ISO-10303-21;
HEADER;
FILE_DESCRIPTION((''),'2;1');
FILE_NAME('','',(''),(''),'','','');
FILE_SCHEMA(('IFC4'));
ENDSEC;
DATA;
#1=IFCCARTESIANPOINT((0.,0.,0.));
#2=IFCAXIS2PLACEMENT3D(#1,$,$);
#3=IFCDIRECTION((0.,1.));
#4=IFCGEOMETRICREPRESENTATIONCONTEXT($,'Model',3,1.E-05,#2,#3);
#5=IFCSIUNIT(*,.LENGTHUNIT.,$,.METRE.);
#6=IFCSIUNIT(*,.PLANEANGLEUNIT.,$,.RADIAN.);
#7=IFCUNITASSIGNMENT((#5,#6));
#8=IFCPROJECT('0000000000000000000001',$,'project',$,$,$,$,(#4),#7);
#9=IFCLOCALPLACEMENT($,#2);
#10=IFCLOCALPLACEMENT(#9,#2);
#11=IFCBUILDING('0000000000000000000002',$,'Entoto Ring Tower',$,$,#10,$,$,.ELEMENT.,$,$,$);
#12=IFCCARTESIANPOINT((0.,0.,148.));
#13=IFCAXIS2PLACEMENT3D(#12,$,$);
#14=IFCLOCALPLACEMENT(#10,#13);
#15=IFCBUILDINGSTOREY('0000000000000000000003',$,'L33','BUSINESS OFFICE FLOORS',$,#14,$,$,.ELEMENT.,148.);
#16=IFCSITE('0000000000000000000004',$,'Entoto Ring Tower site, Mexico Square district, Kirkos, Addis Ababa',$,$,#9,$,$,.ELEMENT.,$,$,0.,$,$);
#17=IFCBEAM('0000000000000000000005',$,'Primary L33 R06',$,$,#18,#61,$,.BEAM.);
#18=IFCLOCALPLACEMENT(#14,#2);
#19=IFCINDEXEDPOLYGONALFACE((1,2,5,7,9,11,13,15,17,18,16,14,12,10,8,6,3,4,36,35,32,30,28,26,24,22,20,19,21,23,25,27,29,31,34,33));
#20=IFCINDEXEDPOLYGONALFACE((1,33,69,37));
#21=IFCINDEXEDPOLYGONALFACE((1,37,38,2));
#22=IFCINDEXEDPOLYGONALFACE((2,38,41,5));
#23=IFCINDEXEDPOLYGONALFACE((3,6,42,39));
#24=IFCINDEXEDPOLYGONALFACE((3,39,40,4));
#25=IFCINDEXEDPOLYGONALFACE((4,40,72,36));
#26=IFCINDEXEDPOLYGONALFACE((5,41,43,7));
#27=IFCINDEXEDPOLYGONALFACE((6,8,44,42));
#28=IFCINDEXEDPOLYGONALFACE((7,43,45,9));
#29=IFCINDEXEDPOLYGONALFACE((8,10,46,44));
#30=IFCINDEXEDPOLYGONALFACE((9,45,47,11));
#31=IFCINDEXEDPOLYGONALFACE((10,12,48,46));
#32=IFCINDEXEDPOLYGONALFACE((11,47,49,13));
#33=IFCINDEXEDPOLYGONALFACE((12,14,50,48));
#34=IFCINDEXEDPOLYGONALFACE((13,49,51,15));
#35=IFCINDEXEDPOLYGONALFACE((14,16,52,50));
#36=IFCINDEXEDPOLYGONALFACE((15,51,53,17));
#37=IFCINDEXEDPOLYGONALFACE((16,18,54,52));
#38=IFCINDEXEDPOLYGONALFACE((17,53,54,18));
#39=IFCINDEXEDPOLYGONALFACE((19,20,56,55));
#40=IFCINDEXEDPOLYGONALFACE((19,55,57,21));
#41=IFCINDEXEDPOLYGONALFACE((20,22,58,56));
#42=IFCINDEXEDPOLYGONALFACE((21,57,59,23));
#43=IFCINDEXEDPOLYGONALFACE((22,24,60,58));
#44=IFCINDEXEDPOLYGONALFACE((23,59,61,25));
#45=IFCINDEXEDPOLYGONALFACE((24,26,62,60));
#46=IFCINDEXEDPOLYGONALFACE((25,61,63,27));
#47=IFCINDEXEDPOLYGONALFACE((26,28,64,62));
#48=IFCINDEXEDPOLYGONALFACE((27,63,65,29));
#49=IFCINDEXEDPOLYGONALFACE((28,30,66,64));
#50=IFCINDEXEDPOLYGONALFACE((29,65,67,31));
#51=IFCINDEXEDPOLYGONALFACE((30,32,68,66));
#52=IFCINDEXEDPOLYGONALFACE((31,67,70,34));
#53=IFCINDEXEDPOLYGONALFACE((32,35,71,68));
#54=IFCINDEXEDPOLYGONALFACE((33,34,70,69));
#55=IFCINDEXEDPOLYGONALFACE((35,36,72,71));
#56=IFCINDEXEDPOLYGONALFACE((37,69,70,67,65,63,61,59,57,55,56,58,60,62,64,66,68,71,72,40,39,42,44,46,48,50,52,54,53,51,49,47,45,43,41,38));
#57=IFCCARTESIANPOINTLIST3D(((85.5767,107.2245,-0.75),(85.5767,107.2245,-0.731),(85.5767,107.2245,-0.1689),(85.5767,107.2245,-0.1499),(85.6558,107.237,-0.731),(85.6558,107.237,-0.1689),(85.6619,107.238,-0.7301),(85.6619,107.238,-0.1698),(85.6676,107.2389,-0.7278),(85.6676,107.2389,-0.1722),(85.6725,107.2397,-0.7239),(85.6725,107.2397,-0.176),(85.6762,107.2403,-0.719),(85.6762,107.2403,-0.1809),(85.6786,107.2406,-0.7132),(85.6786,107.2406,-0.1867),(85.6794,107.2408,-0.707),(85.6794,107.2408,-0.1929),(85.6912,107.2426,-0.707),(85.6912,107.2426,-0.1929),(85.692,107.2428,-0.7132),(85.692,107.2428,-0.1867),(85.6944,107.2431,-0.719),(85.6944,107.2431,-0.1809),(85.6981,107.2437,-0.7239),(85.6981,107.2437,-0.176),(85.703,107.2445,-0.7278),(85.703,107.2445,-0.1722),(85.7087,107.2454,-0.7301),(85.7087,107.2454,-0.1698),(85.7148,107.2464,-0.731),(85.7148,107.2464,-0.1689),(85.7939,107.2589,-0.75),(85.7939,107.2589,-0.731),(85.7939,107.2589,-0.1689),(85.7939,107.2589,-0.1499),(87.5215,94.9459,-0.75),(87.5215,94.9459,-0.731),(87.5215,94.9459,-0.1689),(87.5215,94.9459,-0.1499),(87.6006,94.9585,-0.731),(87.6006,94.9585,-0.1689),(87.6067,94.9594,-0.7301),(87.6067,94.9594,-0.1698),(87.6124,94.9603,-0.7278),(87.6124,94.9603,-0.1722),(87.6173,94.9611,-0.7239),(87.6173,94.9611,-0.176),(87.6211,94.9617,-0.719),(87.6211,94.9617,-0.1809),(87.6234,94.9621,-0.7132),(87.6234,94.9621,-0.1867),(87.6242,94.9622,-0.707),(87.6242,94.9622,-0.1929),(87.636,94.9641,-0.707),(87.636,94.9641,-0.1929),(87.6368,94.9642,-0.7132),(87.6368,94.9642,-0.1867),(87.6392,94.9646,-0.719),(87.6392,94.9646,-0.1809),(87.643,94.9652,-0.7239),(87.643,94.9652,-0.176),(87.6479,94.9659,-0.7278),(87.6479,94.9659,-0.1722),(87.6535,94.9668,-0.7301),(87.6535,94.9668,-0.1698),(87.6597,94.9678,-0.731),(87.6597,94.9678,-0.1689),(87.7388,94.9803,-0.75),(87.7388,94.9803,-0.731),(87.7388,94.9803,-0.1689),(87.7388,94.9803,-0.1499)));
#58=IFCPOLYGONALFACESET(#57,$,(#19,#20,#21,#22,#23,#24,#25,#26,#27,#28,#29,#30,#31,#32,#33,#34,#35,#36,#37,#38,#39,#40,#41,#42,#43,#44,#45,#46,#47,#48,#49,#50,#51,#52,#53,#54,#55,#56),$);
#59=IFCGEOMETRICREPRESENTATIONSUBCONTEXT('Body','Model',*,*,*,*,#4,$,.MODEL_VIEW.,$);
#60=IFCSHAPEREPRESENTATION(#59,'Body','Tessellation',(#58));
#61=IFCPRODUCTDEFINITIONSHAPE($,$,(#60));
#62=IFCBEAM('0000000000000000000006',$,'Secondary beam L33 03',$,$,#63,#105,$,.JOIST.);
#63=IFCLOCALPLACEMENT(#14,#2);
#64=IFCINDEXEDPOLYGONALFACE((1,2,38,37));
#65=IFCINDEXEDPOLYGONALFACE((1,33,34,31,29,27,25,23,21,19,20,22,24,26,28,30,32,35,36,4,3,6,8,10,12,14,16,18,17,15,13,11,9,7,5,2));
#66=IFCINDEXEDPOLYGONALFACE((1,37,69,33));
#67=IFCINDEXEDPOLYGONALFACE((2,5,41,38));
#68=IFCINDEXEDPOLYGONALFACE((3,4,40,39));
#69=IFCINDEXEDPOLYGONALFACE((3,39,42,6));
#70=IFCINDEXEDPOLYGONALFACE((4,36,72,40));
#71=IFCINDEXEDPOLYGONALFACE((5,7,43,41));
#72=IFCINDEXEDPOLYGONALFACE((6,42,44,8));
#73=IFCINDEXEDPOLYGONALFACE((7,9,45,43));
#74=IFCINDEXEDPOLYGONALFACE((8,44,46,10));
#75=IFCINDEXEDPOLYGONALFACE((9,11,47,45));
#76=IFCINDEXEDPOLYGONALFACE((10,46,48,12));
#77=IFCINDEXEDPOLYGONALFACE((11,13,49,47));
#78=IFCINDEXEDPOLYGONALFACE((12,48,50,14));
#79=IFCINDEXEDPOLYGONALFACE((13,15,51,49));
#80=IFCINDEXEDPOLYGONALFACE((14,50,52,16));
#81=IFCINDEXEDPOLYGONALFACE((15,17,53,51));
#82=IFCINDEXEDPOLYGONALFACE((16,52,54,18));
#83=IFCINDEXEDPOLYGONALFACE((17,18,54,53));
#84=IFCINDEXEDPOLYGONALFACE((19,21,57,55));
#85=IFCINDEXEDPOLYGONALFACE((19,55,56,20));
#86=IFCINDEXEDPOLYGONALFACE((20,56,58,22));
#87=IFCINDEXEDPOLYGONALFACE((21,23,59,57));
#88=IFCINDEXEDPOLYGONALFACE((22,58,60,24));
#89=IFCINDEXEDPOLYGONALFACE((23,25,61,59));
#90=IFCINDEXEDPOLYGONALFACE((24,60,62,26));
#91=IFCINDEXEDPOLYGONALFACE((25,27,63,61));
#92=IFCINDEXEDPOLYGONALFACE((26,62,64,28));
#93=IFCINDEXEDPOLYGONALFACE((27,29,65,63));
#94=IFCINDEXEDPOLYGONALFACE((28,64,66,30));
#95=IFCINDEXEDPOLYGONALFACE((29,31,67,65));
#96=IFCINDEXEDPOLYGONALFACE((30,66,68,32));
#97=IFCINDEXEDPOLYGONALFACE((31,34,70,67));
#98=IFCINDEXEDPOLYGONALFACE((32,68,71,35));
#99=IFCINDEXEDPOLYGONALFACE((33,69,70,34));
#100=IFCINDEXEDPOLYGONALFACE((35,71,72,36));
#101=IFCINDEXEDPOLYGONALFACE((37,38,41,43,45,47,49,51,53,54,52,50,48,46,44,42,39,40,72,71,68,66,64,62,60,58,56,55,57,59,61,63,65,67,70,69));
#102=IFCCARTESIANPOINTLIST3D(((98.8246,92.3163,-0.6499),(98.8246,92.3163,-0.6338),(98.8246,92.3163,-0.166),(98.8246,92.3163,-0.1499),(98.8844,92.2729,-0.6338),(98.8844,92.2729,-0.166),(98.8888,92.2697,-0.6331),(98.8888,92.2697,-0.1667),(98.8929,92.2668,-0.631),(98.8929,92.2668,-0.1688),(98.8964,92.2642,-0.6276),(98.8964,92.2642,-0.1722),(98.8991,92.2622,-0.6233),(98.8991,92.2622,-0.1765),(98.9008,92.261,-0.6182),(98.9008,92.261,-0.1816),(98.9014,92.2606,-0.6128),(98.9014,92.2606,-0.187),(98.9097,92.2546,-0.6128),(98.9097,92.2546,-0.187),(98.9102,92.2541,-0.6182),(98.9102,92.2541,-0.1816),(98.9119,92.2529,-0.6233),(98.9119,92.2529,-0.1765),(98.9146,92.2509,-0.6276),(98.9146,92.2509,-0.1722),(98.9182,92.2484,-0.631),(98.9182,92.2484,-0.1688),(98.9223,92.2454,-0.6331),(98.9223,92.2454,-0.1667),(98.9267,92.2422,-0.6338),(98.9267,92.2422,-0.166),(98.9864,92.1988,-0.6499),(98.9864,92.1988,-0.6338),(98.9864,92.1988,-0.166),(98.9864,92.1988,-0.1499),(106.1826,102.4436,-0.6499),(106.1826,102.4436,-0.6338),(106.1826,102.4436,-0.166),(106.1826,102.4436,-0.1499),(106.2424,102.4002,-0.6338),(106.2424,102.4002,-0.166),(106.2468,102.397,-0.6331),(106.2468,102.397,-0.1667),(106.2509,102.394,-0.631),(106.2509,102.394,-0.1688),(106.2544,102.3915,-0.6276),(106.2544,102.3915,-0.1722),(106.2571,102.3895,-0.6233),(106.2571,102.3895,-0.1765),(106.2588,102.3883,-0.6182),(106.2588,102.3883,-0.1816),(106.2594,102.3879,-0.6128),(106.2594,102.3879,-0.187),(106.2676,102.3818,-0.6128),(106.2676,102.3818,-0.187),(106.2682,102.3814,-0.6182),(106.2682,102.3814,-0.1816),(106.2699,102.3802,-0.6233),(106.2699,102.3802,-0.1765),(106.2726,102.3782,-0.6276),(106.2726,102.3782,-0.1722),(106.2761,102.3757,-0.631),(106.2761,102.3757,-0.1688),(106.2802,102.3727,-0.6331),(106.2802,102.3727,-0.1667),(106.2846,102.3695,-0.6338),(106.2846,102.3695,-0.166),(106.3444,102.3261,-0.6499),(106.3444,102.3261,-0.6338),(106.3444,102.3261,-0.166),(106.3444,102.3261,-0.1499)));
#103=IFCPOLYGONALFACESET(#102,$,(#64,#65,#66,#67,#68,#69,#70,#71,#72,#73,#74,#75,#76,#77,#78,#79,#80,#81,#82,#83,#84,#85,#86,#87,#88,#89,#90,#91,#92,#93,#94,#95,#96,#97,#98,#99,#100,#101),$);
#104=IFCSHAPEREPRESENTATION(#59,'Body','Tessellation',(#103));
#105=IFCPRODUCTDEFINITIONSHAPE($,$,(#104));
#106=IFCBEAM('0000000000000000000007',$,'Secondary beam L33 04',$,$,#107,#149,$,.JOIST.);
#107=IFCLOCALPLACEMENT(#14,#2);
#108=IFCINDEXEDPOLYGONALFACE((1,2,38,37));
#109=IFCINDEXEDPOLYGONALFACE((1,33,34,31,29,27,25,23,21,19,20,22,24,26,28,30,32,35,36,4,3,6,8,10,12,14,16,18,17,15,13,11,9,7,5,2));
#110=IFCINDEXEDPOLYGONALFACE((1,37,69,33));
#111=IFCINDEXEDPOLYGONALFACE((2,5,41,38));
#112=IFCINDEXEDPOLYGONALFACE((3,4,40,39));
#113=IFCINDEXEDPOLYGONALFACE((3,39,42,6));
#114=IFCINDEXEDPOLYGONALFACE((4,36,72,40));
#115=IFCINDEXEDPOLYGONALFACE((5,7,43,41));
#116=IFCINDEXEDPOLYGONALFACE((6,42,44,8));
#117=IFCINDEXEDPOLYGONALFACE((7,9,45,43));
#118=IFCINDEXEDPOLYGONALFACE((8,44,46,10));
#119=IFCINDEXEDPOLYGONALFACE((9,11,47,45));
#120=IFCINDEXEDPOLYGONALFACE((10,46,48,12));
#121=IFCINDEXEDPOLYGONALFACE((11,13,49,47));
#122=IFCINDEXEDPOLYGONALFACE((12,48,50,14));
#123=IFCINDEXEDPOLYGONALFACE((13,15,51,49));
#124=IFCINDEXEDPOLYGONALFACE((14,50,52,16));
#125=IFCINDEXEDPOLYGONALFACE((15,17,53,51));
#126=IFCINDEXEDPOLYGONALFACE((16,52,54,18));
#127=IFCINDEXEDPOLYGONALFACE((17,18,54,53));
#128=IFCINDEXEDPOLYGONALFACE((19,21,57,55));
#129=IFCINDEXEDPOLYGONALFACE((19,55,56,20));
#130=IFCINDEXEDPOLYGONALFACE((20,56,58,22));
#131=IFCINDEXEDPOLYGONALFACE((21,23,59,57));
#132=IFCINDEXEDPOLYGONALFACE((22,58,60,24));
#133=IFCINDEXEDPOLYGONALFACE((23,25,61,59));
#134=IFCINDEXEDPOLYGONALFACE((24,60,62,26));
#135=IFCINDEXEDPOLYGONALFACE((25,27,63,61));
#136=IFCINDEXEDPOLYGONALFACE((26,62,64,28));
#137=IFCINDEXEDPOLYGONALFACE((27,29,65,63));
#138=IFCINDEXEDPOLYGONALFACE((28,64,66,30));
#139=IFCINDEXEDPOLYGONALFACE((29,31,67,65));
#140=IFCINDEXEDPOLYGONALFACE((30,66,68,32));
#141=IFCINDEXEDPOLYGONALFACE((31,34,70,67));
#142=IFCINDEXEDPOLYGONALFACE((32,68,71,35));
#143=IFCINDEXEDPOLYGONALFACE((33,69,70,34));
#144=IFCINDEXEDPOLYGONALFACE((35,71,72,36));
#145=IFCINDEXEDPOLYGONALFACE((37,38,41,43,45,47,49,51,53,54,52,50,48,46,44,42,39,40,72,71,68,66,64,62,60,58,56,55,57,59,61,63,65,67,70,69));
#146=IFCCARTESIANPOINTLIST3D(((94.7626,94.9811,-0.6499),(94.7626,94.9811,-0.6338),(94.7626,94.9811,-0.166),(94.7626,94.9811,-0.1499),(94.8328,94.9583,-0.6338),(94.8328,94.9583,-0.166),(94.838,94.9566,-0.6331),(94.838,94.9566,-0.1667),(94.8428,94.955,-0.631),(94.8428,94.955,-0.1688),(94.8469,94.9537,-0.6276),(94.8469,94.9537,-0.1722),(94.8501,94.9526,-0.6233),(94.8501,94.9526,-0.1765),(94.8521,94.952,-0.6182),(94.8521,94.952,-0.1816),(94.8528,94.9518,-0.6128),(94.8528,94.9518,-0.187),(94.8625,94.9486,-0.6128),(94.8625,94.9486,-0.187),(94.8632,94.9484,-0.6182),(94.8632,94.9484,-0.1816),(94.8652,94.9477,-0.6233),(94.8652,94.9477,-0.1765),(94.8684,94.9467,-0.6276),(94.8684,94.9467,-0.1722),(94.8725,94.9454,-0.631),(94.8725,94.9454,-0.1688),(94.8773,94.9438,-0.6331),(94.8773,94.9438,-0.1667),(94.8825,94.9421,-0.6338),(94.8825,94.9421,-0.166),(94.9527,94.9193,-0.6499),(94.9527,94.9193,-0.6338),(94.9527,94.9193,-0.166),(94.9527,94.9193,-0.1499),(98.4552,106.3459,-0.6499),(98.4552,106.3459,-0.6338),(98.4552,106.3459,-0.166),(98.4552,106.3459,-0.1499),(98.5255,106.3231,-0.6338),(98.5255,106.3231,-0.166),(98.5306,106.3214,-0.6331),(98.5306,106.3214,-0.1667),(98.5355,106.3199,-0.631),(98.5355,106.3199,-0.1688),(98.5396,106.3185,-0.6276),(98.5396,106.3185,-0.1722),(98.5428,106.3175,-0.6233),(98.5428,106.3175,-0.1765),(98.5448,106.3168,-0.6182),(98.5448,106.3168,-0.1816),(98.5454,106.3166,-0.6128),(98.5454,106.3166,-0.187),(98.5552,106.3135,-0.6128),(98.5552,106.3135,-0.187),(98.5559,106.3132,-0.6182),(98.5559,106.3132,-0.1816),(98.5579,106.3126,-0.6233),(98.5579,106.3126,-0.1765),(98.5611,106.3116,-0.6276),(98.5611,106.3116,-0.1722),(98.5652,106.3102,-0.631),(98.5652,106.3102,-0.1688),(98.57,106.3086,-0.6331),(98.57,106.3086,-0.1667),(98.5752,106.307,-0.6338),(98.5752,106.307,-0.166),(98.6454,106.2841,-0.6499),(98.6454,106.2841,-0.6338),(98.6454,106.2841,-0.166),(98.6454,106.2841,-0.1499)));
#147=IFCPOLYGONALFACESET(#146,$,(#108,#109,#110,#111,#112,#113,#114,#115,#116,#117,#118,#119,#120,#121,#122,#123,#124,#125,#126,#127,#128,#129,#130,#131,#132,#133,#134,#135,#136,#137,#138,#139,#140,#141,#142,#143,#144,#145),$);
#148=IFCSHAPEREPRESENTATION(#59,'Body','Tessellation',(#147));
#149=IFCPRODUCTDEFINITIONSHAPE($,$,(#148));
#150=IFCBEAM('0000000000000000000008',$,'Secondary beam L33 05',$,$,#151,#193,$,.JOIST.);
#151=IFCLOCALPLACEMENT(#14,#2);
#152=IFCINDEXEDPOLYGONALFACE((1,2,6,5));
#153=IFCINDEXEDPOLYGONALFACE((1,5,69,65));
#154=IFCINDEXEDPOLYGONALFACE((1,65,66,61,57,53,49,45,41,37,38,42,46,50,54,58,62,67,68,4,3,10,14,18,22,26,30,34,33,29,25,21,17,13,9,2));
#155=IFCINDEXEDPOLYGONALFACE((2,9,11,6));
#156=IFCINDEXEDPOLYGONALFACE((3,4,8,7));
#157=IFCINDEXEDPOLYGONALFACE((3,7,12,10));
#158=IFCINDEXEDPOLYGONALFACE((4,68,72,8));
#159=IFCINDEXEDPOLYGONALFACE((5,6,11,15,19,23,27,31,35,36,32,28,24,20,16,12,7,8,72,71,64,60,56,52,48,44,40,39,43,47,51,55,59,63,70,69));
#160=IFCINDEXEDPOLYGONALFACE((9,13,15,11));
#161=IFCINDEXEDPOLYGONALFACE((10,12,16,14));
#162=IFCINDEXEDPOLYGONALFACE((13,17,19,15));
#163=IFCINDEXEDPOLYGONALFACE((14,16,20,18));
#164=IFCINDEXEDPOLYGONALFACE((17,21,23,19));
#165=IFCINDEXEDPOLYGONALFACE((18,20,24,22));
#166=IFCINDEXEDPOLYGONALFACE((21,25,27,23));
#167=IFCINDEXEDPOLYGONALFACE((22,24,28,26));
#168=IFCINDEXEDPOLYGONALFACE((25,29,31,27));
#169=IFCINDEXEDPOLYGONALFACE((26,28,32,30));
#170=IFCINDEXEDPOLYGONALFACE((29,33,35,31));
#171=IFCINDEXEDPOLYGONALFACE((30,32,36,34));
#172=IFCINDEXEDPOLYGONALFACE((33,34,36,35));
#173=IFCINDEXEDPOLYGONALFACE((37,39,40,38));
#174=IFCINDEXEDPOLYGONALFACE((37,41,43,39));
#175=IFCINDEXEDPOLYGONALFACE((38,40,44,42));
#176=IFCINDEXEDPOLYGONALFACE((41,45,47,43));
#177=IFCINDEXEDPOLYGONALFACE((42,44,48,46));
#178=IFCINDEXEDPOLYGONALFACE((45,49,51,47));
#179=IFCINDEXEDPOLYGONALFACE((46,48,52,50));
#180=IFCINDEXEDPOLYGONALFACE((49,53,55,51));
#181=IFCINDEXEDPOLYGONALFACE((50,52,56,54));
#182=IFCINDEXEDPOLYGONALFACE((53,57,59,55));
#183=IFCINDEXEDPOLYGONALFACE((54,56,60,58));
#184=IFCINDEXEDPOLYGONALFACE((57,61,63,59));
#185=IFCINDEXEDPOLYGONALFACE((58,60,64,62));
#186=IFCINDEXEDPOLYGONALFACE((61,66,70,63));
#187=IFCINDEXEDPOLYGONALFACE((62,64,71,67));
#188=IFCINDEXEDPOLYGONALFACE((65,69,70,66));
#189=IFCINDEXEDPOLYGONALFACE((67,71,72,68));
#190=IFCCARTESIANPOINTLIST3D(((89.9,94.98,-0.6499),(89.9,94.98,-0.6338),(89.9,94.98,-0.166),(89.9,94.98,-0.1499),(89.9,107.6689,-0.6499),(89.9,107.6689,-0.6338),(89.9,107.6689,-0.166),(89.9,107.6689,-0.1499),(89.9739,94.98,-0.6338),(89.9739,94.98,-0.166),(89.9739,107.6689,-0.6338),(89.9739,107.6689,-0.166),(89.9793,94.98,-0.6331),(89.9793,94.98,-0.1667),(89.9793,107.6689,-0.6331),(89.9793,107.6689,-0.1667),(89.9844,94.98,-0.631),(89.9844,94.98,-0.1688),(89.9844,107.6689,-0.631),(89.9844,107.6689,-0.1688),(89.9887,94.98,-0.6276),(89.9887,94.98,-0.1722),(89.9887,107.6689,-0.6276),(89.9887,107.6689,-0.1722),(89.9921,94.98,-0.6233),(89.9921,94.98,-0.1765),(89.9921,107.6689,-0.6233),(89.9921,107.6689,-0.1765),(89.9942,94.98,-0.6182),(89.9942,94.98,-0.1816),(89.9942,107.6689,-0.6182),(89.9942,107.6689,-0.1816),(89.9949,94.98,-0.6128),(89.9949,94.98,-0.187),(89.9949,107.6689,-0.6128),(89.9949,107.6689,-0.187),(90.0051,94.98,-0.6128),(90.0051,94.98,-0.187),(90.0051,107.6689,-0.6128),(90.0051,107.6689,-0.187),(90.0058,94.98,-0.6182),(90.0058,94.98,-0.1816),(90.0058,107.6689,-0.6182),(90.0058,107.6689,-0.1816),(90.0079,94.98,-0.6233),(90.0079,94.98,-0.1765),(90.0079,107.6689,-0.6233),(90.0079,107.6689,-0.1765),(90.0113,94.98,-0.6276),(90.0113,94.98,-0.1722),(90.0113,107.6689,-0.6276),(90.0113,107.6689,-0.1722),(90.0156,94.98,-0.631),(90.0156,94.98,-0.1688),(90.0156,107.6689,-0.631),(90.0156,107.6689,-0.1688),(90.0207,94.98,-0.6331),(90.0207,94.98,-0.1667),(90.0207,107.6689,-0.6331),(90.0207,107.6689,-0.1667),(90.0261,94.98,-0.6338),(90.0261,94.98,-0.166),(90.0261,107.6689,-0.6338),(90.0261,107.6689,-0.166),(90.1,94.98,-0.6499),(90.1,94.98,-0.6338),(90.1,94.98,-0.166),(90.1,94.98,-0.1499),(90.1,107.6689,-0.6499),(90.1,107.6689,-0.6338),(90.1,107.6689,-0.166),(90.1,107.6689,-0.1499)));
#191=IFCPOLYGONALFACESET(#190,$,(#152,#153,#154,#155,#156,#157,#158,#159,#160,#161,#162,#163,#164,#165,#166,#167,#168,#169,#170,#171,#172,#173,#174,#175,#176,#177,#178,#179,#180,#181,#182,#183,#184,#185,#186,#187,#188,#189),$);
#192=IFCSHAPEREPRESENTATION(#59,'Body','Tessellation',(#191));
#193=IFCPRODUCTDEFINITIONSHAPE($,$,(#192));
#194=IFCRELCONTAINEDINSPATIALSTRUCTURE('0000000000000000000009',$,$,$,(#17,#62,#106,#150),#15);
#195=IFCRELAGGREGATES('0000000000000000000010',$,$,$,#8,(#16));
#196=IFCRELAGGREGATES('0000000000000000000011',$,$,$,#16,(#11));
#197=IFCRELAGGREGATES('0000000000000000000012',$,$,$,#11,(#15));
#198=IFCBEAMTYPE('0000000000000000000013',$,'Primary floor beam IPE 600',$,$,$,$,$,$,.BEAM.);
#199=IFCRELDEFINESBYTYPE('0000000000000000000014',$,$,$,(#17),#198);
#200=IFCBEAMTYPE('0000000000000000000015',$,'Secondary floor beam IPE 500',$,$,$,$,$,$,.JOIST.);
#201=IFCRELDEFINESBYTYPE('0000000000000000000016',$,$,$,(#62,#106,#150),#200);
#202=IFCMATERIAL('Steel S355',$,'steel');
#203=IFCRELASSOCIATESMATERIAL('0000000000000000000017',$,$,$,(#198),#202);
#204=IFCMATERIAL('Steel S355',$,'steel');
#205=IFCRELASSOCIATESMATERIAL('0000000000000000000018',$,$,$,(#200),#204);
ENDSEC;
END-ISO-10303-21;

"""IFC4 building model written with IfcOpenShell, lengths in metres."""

from ifc_helpers import new_model, si_unit, direction, frame, origin, origin_2d, place, context, subcontext, project, spatial, i_section, extrude, material, material_profile, profile_set, type_object, element, save


model = new_model("IFC4")

# Units and contexts
model_context = context("Model", 3, precision=1e-05, world=origin(), true_north=direction((0.0, 1.0)))
body_context = subcontext(model_context, "Body", "Model", "MODEL_VIEW")
ifc_project = project(units=[si_unit("LENGTHUNIT", "METRE"), si_unit("PLANEANGLEUNIT", "RADIAN")], contexts=[model_context])

# Site, building, storey
site_placement = place(None, origin())
site = spatial("IfcSite", under=ifc_project, at=site_placement, Name="Entoto Ring Tower site, Mexico Square district, Kirkos, Addis Ababa", CompositionType="ELEMENT", RefElevation=0.0)
building_placement = place(site_placement, origin())
building = spatial("IfcBuilding", under=site, at=building_placement, Name="Entoto Ring Tower", CompositionType="ELEMENT")
storey_placement = place(building_placement, frame((0.0, 0.0, 148.0)))
storey = spatial("IfcBuildingStorey", under=building, at=storey_placement, Name="L33", Description="BUSINESS OFFICE FLOORS", CompositionType="ELEMENT", Elevation=148.0)

# Beams
ifc_material_1 = material(Name="Steel S355", Category="steel")
ifc_material_profile_1 = material_profile(ifc_material_1, i_section(OverallWidth=0.22, OverallDepth=0.6001, WebThickness=0.012, FlangeThickness=0.019, FilletRadius=0.0239, at=origin_2d()), Name="IPE 600")
ifc_profile_set_1 = profile_set([ifc_material_profile_1], Name="Steel S355")
beam_type_1 = type_object("IfcBeamType", Name="Primary floor beam IPE 600", PredefinedType="BEAM", material=ifc_profile_set_1)
for number, where, z_axis, x_axis, name in (
    (1, (87.6301, 94.9631, -0.45), (-0.156442, 0.987687, 0.0), (-0.987687, -0.156442, 0.0), "Primary L33 R06"),
):
    element("IfcBeam", number, at=place(storey_placement, frame(where, z_axis=z_axis, x_axis=x_axis)), inside=storey, type_object=beam_type_1, Name=name, PredefinedType="BEAM", context=body_context, shape_type="SweptSolid", body=[
        extrude(i_section(OverallWidth=0.22, OverallDepth=0.6001, WebThickness=0.012, FlangeThickness=0.019, FilletRadius=0.0239, at=origin_2d()), origin(), (0.0, 0.0, 1.0), 12.4316),
    ])
ifc_material_2 = material(Name="Steel S355", Category="steel")
ifc_material_profile_2 = material_profile(ifc_material_2, i_section(OverallWidth=0.2, OverallDepth=0.5, WebThickness=0.0103, FlangeThickness=0.0161, FilletRadius=0.021, at=origin_2d()), Name="IPE 500")
ifc_profile_set_2 = profile_set([ifc_material_profile_2], Name="Steel S355")
beam_type_2 = type_object("IfcBeamType", Name="Secondary floor beam IPE 500", PredefinedType="JOIST", material=ifc_profile_set_2)
beam_1_placement = place(storey_placement, frame((98.9055, 92.2576, -0.3999), z_axis=(0.587789, 0.809014, 0.0), x_axis=(-0.809014, 0.587789, 0.0)))
element("IfcBeam", 2, at=beam_1_placement, inside=storey, type_object=beam_type_2, Name="Secondary beam L33 03", PredefinedType="JOIST", context=body_context, shape_type="SweptSolid", body=[
    extrude(i_section(OverallWidth=0.2, OverallDepth=0.5, WebThickness=0.0103, FlangeThickness=0.0161, FilletRadius=0.021, at=origin_2d()), origin(), (0.0, 0.0, 1.0), 12.5181),
])
beam_2_placement = place(storey_placement, frame((94.8577, 94.9502, -0.3999), z_axis=(0.309017, 0.951057, 0.0), x_axis=(-0.951057, 0.309017, 0.0)))
element("IfcBeam", 3, at=beam_2_placement, inside=storey, type_object=beam_type_2, Name="Secondary beam L33 04", PredefinedType="JOIST", context=body_context, shape_type="SweptSolid", body=[
    extrude(i_section(OverallWidth=0.2, OverallDepth=0.5, WebThickness=0.0103, FlangeThickness=0.0161, FilletRadius=0.021, at=origin_2d()), origin(), (0.0, 0.0, 1.0), 11.9497),
])
beam_3_placement = place(storey_placement, frame((90.0, 94.98, -0.3999), z_axis=(0.0, 1.0, 0.0), x_axis=(-1.0, 0.0, 0.0)))
element("IfcBeam", 4, at=beam_3_placement, inside=storey, type_object=beam_type_2, Name="Secondary beam L33 05", PredefinedType="JOIST", context=body_context, shape_type="SweptSolid", body=[
    extrude(i_section(OverallWidth=0.2, OverallDepth=0.5, WebThickness=0.0103, FlangeThickness=0.0161, FilletRadius=0.021, at=origin_2d()), origin(), (0.0, 0.0, 1.0), 12.689),
])

save(model, "model.ifc")
